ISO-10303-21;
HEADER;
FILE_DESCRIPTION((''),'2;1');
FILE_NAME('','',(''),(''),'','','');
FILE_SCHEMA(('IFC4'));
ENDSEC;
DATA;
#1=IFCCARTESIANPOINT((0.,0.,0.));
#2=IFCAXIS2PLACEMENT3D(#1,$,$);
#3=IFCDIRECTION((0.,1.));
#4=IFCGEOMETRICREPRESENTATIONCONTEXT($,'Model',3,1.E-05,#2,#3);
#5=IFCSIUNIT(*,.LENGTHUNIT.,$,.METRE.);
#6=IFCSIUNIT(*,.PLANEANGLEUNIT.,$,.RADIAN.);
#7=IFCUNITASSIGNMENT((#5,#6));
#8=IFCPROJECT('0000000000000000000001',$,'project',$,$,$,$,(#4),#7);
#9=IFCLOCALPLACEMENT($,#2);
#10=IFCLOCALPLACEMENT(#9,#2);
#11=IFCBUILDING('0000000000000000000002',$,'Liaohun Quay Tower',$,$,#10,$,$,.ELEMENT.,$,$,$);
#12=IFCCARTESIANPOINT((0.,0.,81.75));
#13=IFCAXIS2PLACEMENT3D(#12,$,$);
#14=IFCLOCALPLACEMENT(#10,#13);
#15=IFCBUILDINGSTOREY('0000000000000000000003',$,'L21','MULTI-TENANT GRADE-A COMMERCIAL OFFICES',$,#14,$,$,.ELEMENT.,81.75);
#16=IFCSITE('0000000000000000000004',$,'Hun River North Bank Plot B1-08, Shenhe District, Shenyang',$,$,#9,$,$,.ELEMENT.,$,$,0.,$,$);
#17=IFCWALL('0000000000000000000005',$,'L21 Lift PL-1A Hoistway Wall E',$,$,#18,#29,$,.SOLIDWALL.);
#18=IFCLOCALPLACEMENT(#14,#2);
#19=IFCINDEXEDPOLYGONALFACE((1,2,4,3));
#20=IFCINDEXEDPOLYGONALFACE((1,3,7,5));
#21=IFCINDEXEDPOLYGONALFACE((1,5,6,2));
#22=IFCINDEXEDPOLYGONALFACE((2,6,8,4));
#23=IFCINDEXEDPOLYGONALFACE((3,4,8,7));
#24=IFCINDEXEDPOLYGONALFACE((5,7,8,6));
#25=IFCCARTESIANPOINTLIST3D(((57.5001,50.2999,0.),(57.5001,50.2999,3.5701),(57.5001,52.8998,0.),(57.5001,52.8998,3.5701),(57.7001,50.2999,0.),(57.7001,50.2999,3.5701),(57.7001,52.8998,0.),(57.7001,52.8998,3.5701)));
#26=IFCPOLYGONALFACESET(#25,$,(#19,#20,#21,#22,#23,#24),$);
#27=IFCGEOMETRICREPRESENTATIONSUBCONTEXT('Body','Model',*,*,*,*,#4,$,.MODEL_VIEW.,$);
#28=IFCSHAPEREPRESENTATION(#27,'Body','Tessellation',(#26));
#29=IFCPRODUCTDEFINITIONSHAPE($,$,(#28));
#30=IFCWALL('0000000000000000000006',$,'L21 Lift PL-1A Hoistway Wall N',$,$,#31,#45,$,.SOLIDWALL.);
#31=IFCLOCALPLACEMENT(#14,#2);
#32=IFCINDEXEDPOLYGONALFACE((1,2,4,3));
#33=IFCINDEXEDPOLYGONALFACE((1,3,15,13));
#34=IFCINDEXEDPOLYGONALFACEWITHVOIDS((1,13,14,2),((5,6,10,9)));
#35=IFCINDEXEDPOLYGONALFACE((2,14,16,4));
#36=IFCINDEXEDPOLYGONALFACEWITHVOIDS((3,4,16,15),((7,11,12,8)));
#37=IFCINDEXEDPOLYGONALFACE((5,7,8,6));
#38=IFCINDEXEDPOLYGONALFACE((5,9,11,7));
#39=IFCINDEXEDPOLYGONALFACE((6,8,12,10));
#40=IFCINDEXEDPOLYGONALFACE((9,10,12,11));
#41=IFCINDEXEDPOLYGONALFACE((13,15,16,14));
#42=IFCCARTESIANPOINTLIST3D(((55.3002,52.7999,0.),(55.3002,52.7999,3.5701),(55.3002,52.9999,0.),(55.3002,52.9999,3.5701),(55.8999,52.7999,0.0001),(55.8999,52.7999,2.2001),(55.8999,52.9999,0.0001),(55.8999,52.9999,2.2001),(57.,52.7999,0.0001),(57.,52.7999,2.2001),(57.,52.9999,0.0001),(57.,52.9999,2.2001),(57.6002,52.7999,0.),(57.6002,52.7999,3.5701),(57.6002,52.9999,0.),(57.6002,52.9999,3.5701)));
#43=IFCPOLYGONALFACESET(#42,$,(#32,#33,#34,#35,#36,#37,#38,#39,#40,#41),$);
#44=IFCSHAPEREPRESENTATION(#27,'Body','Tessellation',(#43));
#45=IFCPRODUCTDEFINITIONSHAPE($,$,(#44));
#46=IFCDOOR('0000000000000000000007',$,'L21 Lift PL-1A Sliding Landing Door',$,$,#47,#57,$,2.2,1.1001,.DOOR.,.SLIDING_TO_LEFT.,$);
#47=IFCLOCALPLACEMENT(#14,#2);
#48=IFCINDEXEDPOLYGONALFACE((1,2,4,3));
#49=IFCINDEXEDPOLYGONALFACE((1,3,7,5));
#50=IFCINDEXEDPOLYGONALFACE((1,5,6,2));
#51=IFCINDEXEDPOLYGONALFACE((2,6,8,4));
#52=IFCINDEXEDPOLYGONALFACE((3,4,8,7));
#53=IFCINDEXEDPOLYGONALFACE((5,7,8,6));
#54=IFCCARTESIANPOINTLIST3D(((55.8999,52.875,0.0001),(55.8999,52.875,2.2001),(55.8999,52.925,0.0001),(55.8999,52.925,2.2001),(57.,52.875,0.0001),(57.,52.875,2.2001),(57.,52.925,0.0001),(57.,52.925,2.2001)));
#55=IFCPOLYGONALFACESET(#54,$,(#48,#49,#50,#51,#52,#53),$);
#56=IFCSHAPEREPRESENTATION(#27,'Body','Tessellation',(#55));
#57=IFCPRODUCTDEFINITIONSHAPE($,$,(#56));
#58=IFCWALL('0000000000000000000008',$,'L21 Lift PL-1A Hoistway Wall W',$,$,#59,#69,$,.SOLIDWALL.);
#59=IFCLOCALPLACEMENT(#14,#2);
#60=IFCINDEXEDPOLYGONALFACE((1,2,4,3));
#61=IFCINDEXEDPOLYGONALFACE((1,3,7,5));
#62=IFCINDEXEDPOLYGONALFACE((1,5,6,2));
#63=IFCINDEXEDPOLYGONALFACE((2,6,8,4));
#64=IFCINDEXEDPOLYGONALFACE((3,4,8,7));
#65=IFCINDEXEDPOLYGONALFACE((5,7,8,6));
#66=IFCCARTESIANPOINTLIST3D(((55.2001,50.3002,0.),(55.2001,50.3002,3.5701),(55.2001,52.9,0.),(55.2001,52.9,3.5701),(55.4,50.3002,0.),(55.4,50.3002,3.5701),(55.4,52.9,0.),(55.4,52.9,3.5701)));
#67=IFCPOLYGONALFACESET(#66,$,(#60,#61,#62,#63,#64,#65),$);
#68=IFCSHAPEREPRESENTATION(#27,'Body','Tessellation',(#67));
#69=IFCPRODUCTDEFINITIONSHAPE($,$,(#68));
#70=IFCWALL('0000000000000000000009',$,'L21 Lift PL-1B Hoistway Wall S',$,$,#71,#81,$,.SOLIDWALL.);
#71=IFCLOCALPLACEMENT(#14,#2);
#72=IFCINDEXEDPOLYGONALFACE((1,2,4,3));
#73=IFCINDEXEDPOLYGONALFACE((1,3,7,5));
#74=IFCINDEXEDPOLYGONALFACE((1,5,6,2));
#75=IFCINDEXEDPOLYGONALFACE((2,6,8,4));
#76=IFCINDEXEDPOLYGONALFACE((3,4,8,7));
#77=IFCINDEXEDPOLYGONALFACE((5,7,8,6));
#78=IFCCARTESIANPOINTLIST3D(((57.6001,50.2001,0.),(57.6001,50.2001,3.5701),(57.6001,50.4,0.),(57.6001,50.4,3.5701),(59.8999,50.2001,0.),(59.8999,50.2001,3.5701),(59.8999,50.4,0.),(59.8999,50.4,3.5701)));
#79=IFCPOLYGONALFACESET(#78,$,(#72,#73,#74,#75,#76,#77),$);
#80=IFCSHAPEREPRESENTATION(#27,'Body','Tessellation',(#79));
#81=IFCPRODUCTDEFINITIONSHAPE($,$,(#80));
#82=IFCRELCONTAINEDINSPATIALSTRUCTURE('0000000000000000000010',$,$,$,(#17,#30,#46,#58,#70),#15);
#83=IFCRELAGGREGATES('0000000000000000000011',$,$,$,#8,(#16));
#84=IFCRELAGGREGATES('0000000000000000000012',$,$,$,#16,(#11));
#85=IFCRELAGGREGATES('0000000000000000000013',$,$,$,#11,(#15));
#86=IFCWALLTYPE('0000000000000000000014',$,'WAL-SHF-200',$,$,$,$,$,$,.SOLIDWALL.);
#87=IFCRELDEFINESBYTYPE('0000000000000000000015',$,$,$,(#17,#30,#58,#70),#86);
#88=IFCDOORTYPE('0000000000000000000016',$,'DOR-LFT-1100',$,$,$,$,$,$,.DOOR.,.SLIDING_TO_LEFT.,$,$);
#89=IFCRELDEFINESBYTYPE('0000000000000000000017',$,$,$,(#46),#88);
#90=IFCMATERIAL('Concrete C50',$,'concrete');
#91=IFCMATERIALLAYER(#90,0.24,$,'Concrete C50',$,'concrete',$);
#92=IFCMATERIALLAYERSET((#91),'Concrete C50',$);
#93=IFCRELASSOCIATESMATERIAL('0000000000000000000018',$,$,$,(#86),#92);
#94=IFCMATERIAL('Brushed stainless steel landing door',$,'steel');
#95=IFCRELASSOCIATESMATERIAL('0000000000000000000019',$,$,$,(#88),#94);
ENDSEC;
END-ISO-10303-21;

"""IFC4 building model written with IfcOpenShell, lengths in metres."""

from ifc_helpers import new_model, si_unit, direction, frame, frame_2d, origin, place, context, subcontext, project, spatial, rectangle, extrude, source, transform, mapped, material, layer, layer_set, type_object, element, fill, save


model = new_model("IFC4")

# Units and contexts
model_context = context("Model", 3, precision=1e-05, world=origin(), true_north=direction((0.0, 1.0)))
body_context = subcontext(model_context, "Body", "Model", "MODEL_VIEW")
ifc_project = project(units=[si_unit("LENGTHUNIT", "METRE"), si_unit("PLANEANGLEUNIT", "RADIAN")], contexts=[model_context])

# Site, building, storey
site_placement = place(None, origin())
site = spatial("IfcSite", under=ifc_project, at=site_placement, Name="Hun River North Bank Plot B1-08, Shenhe District, Shenyang", CompositionType="ELEMENT", RefElevation=0.0)
building_placement = place(site_placement, origin())
building = spatial("IfcBuilding", under=site, at=building_placement, Name="Liaohun Quay Tower", CompositionType="ELEMENT")
storey_placement = place(building_placement, frame((0.0, 0.0, 81.75)))
storey = spatial("IfcBuildingStorey", under=building, at=storey_placement, Name="L21", Description="MULTI-TENANT GRADE-A COMMERCIAL OFFICES", CompositionType="ELEMENT", Elevation=81.75)

# Shared definitions
ifc_material_1 = material(Name="Concrete C50", Category="concrete")

# Shared definitions
ifc_layer_1 = layer(ifc_material_1, 0.24, Name="Concrete C50", Category="concrete")
ifc_layer_set_1 = layer_set([ifc_layer_1], Name="Concrete C50")
wall_type_1 = type_object("IfcWallType", Name="WAL-SHF-200", PredefinedType="SOLIDWALL", material=ifc_layer_set_1)

# Wall
wall_1_placement = place(storey_placement, frame((57.6001, 50.3, 0.0), z_axis=(0.0, 0.0, 1.0), x_axis=(0.0, 1.0, 0.0)))
element("IfcWall", 1, at=wall_1_placement, inside=storey, type_object=wall_type_1, Name="L21 Lift PL-1A Hoistway Wall E", PredefinedType="SOLIDWALL", context=body_context, shape_type="SweptSolid", body=[
    extrude(rectangle(XDim=2.5999, YDim=0.2, at=frame_2d((1.2998, 0.0))), origin(), (0.0, 0.0, 1.0), 3.5701),
])

# Wall, opening, door
wall_2_placement = place(storey_placement, frame((57.6001, 52.8999, 0.0), z_axis=(0.0, 0.0, 1.0), x_axis=(-1.0, 0.0, 0.0)))
wall_2 = element("IfcWall", 2, at=wall_2_placement, inside=storey, type_object=wall_type_1, Name="L21 Lift PL-1A Hoistway Wall N", PredefinedType="SOLIDWALL", context=body_context, shape_type="SweptSolid", body=[
    extrude(rectangle(XDim=2.3, YDim=0.2, at=frame_2d((1.1499, 0.0))), origin(), (0.0, 0.0, 1.0), 3.5701),
])
shared_shape_1 = source(origin(), body_context, "Body", "SweptSolid", [
    extrude(rectangle(XDim=1.1001, YDim=2.2, at=frame_2d((0.55, 1.1001))), frame((0.0, 0.1099, 0.0), z_axis=(0.0, -1.0, 0.0), x_axis=(1.0, 0.0, 0.0)), (0.0, 0.0, 1.0), 0.22),
])
opening_1_placement = place(wall_2_placement, frame((0.6001, 0.0, 0.0)))
opening_1 = element("IfcOpeningElement", 3, at=opening_1_placement, cuts=wall_2, PredefinedType="OPENING", context=body_context, shape_type="MappedRepresentation", body=[
    mapped(shared_shape_1, transform((0.0, 0.0, 0.0), x_axis=(1.0, 0.0, 0.0), y_axis=(0.0, 1.0, 0.0), z_axis=(0.0, 0.0, 1.0), scale=1.0)),
])
ifc_material_2 = material(Name="Brushed stainless steel landing door", Category="steel")
door_type_1 = type_object("IfcDoorType", Name="DOR-LFT-1100", OperationType="SLIDING_TO_LEFT", PredefinedType="DOOR", material=ifc_material_2)
shared_shape_2 = source(origin(), body_context, "Body", "SweptSolid", [
    extrude(rectangle(XDim=1.1001, YDim=2.2, at=frame_2d((0.55, 1.1001))), frame((0.0, 0.0249, 0.0), z_axis=(0.0, -1.0, 0.0), x_axis=(1.0, 0.0, 0.0)), (0.0, 0.0, 1.0), 0.05),
])
door_1_placement = place(opening_1_placement, origin())
door_1 = element("IfcDoor", 4, at=door_1_placement, inside=storey, type_object=door_type_1, Name="L21 Lift PL-1A Sliding Landing Door", OperationType="SLIDING_TO_LEFT", OverallHeight=2.2, OverallWidth=1.1001, PredefinedType="DOOR", context=body_context, shape_type="MappedRepresentation", body=[
    mapped(shared_shape_2, transform((0.0, 0.0, 0.0), x_axis=(1.0, 0.0, 0.0), y_axis=(0.0, 1.0, 0.0), z_axis=(0.0, 0.0, 1.0), scale=1.0)),
])
fill(opening_1, door_1)

# Walls
wall_3_placement = place(storey_placement, frame((55.3, 52.8999, 0.0), z_axis=(0.0, 0.0, 1.0), x_axis=(0.0, -1.0, 0.0)))
element("IfcWall", 5, at=wall_3_placement, inside=storey, type_object=wall_type_1, Name="L21 Lift PL-1A Hoistway Wall W", PredefinedType="SOLIDWALL", context=body_context, shape_type="SweptSolid", body=[
    extrude(rectangle(XDim=2.5999, YDim=0.2, at=frame_2d((1.2998, 0.0))), origin(), (0.0, 0.0, 1.0), 3.5701),
])
wall_4_placement = place(storey_placement, frame((57.6001, 50.3, 0.0), z_axis=(0.0, 0.0, 1.0), x_axis=(1.0, 0.0, 0.0)))
element("IfcWall", 6, at=wall_4_placement, inside=storey, type_object=wall_type_1, Name="L21 Lift PL-1B Hoistway Wall S", PredefinedType="SOLIDWALL", context=body_context, shape_type="SweptSolid", body=[
    extrude(rectangle(XDim=2.2998, YDim=0.2, at=frame_2d((1.1499, 0.0))), origin(), (0.0, 0.0, 1.0), 3.5701),
])

save(model, "model.ifc")
